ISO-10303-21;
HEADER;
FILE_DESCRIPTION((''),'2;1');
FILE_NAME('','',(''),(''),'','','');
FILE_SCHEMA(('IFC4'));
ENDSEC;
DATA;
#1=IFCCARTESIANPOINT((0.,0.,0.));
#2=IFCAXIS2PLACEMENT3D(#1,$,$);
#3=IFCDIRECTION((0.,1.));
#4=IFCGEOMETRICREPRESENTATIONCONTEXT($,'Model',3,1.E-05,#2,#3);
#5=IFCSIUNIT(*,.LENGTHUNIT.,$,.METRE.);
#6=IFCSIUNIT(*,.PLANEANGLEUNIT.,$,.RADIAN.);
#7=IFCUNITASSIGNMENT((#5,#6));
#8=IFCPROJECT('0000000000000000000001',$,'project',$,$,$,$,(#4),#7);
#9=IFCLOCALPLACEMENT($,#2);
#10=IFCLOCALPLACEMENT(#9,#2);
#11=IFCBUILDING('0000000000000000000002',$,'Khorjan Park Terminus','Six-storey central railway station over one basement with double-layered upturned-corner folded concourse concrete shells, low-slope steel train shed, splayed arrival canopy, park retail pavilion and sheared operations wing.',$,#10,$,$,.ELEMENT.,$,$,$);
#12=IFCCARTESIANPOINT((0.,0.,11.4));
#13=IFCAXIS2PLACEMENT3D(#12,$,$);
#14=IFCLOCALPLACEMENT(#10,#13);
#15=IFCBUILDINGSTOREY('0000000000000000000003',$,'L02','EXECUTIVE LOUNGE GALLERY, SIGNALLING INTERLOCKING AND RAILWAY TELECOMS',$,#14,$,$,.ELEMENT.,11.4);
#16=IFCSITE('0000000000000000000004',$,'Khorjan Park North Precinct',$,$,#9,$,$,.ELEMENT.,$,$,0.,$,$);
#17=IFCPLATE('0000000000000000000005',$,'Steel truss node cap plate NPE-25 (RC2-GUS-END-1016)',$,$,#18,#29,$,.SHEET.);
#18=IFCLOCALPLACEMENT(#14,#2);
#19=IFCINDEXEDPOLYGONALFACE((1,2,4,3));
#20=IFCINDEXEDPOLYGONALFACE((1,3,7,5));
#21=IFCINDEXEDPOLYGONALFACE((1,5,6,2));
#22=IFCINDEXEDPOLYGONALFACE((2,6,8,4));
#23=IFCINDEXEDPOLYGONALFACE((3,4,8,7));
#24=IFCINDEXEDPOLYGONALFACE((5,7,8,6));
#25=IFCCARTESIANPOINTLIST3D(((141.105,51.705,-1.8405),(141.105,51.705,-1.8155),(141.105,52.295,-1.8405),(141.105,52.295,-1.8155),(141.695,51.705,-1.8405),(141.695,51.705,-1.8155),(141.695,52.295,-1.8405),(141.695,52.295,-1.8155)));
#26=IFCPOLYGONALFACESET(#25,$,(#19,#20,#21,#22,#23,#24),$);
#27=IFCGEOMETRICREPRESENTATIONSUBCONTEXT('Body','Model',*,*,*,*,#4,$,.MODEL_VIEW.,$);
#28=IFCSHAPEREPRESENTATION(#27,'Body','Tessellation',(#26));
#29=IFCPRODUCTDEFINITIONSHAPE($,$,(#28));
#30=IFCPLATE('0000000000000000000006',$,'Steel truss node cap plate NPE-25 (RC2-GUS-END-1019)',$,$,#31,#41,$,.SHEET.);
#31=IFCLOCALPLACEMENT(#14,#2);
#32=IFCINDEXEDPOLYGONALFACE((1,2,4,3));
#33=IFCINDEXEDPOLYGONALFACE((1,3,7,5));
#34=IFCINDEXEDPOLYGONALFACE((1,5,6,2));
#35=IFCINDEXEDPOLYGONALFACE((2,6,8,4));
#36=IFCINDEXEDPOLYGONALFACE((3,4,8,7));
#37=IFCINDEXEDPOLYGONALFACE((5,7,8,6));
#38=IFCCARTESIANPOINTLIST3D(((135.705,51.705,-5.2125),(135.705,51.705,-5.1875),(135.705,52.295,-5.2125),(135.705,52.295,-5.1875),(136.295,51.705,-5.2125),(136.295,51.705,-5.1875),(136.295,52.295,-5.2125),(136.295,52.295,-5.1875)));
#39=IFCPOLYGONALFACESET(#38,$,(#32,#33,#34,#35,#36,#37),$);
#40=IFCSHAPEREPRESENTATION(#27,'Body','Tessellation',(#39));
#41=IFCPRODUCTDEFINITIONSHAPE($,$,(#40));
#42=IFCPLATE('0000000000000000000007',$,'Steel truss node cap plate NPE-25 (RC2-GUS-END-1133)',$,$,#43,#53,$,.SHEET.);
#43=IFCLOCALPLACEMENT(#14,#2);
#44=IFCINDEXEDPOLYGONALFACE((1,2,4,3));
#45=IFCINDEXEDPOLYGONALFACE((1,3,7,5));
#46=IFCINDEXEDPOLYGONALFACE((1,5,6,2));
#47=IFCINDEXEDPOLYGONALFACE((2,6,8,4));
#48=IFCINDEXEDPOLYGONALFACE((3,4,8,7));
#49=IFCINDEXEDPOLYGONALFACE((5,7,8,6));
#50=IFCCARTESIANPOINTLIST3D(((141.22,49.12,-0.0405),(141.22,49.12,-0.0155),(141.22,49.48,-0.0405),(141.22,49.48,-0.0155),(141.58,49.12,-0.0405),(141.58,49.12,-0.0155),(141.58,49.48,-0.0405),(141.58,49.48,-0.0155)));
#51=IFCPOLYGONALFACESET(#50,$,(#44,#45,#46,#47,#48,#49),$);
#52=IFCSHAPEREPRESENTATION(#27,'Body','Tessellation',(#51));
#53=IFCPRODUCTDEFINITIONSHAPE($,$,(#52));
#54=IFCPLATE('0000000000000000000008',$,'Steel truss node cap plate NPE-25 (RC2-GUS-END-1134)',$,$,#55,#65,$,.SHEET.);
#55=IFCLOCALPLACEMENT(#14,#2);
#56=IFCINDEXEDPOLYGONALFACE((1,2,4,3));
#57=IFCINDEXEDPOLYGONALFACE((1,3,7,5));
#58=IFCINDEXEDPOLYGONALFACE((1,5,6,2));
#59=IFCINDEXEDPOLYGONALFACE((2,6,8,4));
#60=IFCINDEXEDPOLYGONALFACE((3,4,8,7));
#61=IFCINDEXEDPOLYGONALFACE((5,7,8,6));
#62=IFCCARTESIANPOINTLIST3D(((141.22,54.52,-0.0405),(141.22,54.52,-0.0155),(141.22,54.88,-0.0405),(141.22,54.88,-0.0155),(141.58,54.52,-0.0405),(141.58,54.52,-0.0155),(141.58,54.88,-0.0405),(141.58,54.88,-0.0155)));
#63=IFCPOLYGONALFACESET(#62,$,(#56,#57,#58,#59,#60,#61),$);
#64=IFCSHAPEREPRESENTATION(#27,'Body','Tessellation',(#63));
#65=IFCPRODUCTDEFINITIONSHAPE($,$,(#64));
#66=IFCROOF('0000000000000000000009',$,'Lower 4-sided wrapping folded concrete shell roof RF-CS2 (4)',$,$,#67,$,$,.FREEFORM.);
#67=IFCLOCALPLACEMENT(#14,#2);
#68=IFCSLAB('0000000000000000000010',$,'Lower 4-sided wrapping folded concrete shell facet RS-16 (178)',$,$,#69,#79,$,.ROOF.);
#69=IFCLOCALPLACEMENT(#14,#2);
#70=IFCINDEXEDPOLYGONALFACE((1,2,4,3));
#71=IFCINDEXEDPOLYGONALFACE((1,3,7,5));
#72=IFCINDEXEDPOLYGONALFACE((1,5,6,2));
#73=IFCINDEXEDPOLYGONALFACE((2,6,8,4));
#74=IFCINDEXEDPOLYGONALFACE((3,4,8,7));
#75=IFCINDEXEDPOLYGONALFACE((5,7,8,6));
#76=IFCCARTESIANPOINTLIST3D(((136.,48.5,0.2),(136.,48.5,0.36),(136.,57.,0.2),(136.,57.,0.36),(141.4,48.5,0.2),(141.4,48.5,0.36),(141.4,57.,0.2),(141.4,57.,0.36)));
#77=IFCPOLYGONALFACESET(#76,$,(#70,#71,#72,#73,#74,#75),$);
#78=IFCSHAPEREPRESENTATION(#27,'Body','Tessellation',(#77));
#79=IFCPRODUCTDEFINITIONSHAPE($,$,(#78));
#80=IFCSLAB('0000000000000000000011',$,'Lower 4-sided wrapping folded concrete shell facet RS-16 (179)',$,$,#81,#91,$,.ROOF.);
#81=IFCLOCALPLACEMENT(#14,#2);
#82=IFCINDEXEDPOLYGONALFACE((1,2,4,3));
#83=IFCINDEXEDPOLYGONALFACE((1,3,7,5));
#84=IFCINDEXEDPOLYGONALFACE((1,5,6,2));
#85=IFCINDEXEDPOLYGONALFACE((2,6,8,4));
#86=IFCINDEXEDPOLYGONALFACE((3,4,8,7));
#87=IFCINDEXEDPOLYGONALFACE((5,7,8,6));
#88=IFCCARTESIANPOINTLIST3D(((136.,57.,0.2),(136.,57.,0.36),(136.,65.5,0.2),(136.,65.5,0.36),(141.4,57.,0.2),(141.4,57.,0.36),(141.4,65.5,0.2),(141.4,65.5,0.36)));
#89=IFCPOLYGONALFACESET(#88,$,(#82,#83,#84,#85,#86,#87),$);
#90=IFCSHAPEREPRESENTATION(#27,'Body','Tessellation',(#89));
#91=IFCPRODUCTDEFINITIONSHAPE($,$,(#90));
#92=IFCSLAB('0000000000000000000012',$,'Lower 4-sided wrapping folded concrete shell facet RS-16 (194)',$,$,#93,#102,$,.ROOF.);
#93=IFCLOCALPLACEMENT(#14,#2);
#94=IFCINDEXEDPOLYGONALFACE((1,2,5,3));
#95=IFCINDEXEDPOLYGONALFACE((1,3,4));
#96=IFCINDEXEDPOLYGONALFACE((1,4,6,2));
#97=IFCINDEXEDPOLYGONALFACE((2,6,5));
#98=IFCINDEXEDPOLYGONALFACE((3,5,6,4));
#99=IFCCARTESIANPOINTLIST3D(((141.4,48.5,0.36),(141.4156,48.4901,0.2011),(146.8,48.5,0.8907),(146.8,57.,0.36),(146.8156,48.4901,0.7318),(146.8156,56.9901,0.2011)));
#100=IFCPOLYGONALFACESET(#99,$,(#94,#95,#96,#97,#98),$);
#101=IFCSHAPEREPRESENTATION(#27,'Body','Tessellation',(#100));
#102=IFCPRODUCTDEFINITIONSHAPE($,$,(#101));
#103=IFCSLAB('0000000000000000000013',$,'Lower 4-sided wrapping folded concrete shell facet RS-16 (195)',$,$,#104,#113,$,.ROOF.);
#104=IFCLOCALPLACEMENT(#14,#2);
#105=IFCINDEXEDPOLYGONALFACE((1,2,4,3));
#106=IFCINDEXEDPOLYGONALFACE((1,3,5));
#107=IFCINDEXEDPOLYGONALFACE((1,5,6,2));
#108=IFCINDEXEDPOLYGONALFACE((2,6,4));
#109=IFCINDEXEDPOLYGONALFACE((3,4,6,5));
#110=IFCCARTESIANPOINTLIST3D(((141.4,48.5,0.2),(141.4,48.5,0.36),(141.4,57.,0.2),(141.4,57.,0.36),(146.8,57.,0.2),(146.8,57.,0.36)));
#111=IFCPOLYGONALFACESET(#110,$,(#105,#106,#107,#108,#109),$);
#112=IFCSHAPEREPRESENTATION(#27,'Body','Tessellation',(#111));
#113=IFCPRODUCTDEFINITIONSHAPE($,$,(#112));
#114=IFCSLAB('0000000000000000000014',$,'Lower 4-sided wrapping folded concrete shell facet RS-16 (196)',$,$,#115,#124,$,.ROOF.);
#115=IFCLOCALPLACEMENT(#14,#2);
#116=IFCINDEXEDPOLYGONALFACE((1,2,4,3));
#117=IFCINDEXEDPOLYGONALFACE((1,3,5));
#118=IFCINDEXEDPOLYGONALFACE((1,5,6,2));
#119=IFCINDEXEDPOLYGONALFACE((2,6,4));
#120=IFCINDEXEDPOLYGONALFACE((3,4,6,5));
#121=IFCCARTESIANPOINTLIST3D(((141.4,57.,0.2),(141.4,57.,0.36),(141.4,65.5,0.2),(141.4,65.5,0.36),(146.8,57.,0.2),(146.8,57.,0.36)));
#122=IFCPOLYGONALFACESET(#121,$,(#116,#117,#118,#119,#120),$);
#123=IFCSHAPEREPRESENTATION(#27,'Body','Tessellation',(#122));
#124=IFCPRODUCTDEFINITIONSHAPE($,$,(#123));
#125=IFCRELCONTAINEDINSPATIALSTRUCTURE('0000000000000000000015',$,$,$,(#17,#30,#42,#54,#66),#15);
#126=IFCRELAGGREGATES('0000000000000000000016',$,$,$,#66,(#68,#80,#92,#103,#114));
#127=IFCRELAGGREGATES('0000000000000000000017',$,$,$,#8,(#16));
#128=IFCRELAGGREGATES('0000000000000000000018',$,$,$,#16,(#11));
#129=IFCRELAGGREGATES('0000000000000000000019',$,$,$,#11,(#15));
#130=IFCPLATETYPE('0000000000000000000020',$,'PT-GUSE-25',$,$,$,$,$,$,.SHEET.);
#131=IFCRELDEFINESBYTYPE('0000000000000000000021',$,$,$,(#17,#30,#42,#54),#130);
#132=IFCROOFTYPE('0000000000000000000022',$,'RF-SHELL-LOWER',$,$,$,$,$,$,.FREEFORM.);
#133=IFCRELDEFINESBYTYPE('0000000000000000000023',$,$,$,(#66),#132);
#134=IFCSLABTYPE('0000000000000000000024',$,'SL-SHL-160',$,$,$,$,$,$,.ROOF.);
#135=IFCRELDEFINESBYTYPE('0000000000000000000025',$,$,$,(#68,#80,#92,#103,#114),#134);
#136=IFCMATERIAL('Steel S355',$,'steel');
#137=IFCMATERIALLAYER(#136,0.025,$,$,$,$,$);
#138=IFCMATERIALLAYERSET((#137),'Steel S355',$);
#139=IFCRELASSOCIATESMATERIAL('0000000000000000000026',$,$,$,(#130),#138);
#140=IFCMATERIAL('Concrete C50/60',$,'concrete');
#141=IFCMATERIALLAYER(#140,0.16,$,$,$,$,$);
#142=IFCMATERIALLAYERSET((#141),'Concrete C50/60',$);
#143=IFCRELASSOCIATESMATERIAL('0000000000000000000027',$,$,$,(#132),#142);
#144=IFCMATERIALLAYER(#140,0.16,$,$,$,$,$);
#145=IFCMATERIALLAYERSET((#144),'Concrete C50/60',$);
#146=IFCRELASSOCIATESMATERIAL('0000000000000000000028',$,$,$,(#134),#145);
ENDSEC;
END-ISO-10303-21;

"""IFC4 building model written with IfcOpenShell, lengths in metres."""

from ifc_helpers import new_model, si_unit, direction, frame, origin, origin_2d, place, context, subcontext, project, spatial, polyline, rectangle, outline, extrude, material, layer, layer_set, type_object, element, aggregate, save


model = new_model("IFC4")

# Units and contexts
model_context = context("Model", 3, precision=1e-05, world=origin(), true_north=direction((0.0, 1.0)))
body_context = subcontext(model_context, "Body", "Model", "MODEL_VIEW")
ifc_project = project(units=[si_unit("LENGTHUNIT", "METRE"), si_unit("PLANEANGLEUNIT", "RADIAN")], contexts=[model_context])

# Site, building, storey
site_placement = place(None, origin())
site = spatial("IfcSite", under=ifc_project, at=site_placement, Name="Khorjan Park North Precinct", CompositionType="ELEMENT", RefElevation=0.0)
building_placement = place(site_placement, origin())
building = spatial("IfcBuilding", under=site, at=building_placement, Name="Khorjan Park Terminus", Description="Six-storey central railway station over one basement with double-layered upturned-corner folded concourse concrete shells, low-slope steel train shed, splayed arrival canopy, park retail pavilion and sheared operations wing.", CompositionType="ELEMENT")
storey_placement = place(building_placement, frame((0.0, 0.0, 11.4)))
storey = spatial("IfcBuildingStorey", under=building, at=storey_placement, Name="L02", Description="EXECUTIVE LOUNGE GALLERY, SIGNALLING INTERLOCKING AND RAILWAY TELECOMS", CompositionType="ELEMENT", Elevation=11.4)

# Shared definitions
ifc_material_1 = material(Name="Concrete C50/60", Category="concrete")

# Shared definitions
ifc_material_2 = material(Name="Steel S355", Category="steel")

# Plates
ifc_layer_1 = layer(ifc_material_2, 0.025)
ifc_layer_set_1 = layer_set([ifc_layer_1], Name="Steel S355")
plate_type_1 = type_object("IfcPlateType", Name="PT-GUSE-25", PredefinedType="SHEET", material=ifc_layer_set_1)
for number, where, z_axis, x_axis, name in (
    (1, (141.4, 52.0, -1.8405), (0.0, 0.0, 1.0), (1.0, 0.0, 0.0), "Steel truss node cap plate NPE-25 (RC2-GUS-END-1016)"),
    (2, (136.0, 52.0, -5.2125), (0.0, 0.0, 1.0), (1.0, 0.0, 0.0), "Steel truss node cap plate NPE-25 (RC2-GUS-END-1019)"),
):
    element("IfcPlate", number, at=place(storey_placement, frame(where, z_axis=z_axis, x_axis=x_axis)), inside=storey, type_object=plate_type_1, Name=name, PredefinedType="SHEET", context=body_context, shape_type="SweptSolid", body=[
        extrude(rectangle(XDim=0.59, YDim=0.59, at=origin_2d()), origin(), (0.0, 0.0, 1.0), 0.025),
    ])
for number, where, z_axis, x_axis, name in (
    (3, (141.4, 49.3, -0.0405), (0.0, 0.0, 1.0), (1.0, 0.0, 0.0), "Steel truss node cap plate NPE-25 (RC2-GUS-END-1133)"),
    (4, (141.4, 54.7, -0.0405), (0.0, 0.0, 1.0), (1.0, 0.0, 0.0), "Steel truss node cap plate NPE-25 (RC2-GUS-END-1134)"),
):
    element("IfcPlate", number, at=place(storey_placement, frame(where, z_axis=z_axis, x_axis=x_axis)), inside=storey, type_object=plate_type_1, Name=name, PredefinedType="SHEET", context=body_context, shape_type="SweptSolid", body=[
        extrude(rectangle(XDim=0.36, YDim=0.36, at=origin_2d()), origin(), (0.0, 0.0, 1.0), 0.025),
    ])

# Roof, slabs
ifc_layer_2 = layer(ifc_material_1, 0.16)
ifc_layer_set_2 = layer_set([ifc_layer_2], Name="Concrete C50/60")
roof_type = type_object("IfcRoofType", Name="RF-SHELL-LOWER", PredefinedType="FREEFORM", material=ifc_layer_set_2)
roof_placement = place(storey_placement, origin())
roof = element("IfcRoof", 5, at=roof_placement, inside=storey, type_object=roof_type, Name="Lower 4-sided wrapping folded concrete shell roof RF-CS2 (4)", PredefinedType="FREEFORM")
ifc_layer_3 = layer(ifc_material_1, 0.16)
ifc_layer_set_3 = layer_set([ifc_layer_3], Name="Concrete C50/60")
slab_type = type_object("IfcSlabType", Name="SL-SHL-160", PredefinedType="ROOF", material=ifc_layer_set_3)
slab_1_placement = place(storey_placement, frame((136.0, 48.5, 0.36), z_axis=(0.0, 0.0, 1.0), x_axis=(1.0, 0.0, 0.0)))
slab_1 = element("IfcSlab", 6, at=slab_1_placement, type_object=slab_type, Name="Lower 4-sided wrapping folded concrete shell facet RS-16 (178)", PredefinedType="ROOF", context=body_context, shape_type="SweptSolid", body=[
    extrude(outline(polyline([(0.0, 0.0), (5.4, 0.0), (5.4, 8.5), (0.0, 8.5), (0.0, 0.0)])), origin(), (0.0, 0.0, -1.0), 0.16),
])
slab_2_placement = place(storey_placement, frame((136.0, 57.0, 0.36), z_axis=(0.0, 0.0, 1.0), x_axis=(1.0, 0.0, 0.0)))
slab_2 = element("IfcSlab", 7, at=slab_2_placement, type_object=slab_type, Name="Lower 4-sided wrapping folded concrete shell facet RS-16 (179)", PredefinedType="ROOF", context=body_context, shape_type="SweptSolid", body=[
    extrude(outline(polyline([(0.0, 0.0), (5.4, 0.0), (5.4, 8.5), (0.0, 8.5), (0.0, 0.0)])), origin(), (0.0, 0.0, -1.0), 0.16),
])
slab_3_placement = place(storey_placement, frame((141.4, 48.5, 0.36), z_axis=(-0.097618, 0.062016, 0.99329), x_axis=(0.995205, 0.0, 0.097807)))
slab_3 = element("IfcSlab", 8, at=slab_3_placement, type_object=slab_type, Name="Lower 4-sided wrapping folded concrete shell facet RS-16 (194)", PredefinedType="ROOF", context=body_context, shape_type="SweptSolid", body=[
    extrude(outline(polyline([(0.0, 0.0), (5.426, 0.0), (5.3741, 8.5164), (0.0, 0.0)])), origin(), (0.0, 0.0, -1.0), 0.16),
])
slab_4_placement = place(storey_placement, frame((141.4, 48.5, 0.36), z_axis=(0.0, 0.0, 1.0), x_axis=(0.536233, 0.84407, 0.0)))
slab_4 = element("IfcSlab", 9, at=slab_4_placement, type_object=slab_type, Name="Lower 4-sided wrapping folded concrete shell facet RS-16 (195)", PredefinedType="ROOF", context=body_context, shape_type="SweptSolid", body=[
    extrude(outline(polyline([(0.0, 0.0), (10.0703, 0.0), (7.1746, 4.558), (0.0, 0.0)])), origin(), (0.0, 0.0, -1.0), 0.16),
])
slab_5_placement = place(storey_placement, frame((141.4, 57.0, 0.36), z_axis=(0.0, 0.0, 1.0), x_axis=(1.0, 0.0, 0.0)))
slab_5 = element("IfcSlab", 10, at=slab_5_placement, type_object=slab_type, Name="Lower 4-sided wrapping folded concrete shell facet RS-16 (196)", PredefinedType="ROOF", context=body_context, shape_type="SweptSolid", body=[
    extrude(outline(polyline([(0.0, 0.0), (5.4, 0.0), (0.0, 8.5), (0.0, 0.0)])), origin(), (0.0, 0.0, -1.0), 0.16),
])
aggregate(roof, [slab_1, slab_2, slab_3, slab_4, slab_5])

save(model, "model.ifc")
